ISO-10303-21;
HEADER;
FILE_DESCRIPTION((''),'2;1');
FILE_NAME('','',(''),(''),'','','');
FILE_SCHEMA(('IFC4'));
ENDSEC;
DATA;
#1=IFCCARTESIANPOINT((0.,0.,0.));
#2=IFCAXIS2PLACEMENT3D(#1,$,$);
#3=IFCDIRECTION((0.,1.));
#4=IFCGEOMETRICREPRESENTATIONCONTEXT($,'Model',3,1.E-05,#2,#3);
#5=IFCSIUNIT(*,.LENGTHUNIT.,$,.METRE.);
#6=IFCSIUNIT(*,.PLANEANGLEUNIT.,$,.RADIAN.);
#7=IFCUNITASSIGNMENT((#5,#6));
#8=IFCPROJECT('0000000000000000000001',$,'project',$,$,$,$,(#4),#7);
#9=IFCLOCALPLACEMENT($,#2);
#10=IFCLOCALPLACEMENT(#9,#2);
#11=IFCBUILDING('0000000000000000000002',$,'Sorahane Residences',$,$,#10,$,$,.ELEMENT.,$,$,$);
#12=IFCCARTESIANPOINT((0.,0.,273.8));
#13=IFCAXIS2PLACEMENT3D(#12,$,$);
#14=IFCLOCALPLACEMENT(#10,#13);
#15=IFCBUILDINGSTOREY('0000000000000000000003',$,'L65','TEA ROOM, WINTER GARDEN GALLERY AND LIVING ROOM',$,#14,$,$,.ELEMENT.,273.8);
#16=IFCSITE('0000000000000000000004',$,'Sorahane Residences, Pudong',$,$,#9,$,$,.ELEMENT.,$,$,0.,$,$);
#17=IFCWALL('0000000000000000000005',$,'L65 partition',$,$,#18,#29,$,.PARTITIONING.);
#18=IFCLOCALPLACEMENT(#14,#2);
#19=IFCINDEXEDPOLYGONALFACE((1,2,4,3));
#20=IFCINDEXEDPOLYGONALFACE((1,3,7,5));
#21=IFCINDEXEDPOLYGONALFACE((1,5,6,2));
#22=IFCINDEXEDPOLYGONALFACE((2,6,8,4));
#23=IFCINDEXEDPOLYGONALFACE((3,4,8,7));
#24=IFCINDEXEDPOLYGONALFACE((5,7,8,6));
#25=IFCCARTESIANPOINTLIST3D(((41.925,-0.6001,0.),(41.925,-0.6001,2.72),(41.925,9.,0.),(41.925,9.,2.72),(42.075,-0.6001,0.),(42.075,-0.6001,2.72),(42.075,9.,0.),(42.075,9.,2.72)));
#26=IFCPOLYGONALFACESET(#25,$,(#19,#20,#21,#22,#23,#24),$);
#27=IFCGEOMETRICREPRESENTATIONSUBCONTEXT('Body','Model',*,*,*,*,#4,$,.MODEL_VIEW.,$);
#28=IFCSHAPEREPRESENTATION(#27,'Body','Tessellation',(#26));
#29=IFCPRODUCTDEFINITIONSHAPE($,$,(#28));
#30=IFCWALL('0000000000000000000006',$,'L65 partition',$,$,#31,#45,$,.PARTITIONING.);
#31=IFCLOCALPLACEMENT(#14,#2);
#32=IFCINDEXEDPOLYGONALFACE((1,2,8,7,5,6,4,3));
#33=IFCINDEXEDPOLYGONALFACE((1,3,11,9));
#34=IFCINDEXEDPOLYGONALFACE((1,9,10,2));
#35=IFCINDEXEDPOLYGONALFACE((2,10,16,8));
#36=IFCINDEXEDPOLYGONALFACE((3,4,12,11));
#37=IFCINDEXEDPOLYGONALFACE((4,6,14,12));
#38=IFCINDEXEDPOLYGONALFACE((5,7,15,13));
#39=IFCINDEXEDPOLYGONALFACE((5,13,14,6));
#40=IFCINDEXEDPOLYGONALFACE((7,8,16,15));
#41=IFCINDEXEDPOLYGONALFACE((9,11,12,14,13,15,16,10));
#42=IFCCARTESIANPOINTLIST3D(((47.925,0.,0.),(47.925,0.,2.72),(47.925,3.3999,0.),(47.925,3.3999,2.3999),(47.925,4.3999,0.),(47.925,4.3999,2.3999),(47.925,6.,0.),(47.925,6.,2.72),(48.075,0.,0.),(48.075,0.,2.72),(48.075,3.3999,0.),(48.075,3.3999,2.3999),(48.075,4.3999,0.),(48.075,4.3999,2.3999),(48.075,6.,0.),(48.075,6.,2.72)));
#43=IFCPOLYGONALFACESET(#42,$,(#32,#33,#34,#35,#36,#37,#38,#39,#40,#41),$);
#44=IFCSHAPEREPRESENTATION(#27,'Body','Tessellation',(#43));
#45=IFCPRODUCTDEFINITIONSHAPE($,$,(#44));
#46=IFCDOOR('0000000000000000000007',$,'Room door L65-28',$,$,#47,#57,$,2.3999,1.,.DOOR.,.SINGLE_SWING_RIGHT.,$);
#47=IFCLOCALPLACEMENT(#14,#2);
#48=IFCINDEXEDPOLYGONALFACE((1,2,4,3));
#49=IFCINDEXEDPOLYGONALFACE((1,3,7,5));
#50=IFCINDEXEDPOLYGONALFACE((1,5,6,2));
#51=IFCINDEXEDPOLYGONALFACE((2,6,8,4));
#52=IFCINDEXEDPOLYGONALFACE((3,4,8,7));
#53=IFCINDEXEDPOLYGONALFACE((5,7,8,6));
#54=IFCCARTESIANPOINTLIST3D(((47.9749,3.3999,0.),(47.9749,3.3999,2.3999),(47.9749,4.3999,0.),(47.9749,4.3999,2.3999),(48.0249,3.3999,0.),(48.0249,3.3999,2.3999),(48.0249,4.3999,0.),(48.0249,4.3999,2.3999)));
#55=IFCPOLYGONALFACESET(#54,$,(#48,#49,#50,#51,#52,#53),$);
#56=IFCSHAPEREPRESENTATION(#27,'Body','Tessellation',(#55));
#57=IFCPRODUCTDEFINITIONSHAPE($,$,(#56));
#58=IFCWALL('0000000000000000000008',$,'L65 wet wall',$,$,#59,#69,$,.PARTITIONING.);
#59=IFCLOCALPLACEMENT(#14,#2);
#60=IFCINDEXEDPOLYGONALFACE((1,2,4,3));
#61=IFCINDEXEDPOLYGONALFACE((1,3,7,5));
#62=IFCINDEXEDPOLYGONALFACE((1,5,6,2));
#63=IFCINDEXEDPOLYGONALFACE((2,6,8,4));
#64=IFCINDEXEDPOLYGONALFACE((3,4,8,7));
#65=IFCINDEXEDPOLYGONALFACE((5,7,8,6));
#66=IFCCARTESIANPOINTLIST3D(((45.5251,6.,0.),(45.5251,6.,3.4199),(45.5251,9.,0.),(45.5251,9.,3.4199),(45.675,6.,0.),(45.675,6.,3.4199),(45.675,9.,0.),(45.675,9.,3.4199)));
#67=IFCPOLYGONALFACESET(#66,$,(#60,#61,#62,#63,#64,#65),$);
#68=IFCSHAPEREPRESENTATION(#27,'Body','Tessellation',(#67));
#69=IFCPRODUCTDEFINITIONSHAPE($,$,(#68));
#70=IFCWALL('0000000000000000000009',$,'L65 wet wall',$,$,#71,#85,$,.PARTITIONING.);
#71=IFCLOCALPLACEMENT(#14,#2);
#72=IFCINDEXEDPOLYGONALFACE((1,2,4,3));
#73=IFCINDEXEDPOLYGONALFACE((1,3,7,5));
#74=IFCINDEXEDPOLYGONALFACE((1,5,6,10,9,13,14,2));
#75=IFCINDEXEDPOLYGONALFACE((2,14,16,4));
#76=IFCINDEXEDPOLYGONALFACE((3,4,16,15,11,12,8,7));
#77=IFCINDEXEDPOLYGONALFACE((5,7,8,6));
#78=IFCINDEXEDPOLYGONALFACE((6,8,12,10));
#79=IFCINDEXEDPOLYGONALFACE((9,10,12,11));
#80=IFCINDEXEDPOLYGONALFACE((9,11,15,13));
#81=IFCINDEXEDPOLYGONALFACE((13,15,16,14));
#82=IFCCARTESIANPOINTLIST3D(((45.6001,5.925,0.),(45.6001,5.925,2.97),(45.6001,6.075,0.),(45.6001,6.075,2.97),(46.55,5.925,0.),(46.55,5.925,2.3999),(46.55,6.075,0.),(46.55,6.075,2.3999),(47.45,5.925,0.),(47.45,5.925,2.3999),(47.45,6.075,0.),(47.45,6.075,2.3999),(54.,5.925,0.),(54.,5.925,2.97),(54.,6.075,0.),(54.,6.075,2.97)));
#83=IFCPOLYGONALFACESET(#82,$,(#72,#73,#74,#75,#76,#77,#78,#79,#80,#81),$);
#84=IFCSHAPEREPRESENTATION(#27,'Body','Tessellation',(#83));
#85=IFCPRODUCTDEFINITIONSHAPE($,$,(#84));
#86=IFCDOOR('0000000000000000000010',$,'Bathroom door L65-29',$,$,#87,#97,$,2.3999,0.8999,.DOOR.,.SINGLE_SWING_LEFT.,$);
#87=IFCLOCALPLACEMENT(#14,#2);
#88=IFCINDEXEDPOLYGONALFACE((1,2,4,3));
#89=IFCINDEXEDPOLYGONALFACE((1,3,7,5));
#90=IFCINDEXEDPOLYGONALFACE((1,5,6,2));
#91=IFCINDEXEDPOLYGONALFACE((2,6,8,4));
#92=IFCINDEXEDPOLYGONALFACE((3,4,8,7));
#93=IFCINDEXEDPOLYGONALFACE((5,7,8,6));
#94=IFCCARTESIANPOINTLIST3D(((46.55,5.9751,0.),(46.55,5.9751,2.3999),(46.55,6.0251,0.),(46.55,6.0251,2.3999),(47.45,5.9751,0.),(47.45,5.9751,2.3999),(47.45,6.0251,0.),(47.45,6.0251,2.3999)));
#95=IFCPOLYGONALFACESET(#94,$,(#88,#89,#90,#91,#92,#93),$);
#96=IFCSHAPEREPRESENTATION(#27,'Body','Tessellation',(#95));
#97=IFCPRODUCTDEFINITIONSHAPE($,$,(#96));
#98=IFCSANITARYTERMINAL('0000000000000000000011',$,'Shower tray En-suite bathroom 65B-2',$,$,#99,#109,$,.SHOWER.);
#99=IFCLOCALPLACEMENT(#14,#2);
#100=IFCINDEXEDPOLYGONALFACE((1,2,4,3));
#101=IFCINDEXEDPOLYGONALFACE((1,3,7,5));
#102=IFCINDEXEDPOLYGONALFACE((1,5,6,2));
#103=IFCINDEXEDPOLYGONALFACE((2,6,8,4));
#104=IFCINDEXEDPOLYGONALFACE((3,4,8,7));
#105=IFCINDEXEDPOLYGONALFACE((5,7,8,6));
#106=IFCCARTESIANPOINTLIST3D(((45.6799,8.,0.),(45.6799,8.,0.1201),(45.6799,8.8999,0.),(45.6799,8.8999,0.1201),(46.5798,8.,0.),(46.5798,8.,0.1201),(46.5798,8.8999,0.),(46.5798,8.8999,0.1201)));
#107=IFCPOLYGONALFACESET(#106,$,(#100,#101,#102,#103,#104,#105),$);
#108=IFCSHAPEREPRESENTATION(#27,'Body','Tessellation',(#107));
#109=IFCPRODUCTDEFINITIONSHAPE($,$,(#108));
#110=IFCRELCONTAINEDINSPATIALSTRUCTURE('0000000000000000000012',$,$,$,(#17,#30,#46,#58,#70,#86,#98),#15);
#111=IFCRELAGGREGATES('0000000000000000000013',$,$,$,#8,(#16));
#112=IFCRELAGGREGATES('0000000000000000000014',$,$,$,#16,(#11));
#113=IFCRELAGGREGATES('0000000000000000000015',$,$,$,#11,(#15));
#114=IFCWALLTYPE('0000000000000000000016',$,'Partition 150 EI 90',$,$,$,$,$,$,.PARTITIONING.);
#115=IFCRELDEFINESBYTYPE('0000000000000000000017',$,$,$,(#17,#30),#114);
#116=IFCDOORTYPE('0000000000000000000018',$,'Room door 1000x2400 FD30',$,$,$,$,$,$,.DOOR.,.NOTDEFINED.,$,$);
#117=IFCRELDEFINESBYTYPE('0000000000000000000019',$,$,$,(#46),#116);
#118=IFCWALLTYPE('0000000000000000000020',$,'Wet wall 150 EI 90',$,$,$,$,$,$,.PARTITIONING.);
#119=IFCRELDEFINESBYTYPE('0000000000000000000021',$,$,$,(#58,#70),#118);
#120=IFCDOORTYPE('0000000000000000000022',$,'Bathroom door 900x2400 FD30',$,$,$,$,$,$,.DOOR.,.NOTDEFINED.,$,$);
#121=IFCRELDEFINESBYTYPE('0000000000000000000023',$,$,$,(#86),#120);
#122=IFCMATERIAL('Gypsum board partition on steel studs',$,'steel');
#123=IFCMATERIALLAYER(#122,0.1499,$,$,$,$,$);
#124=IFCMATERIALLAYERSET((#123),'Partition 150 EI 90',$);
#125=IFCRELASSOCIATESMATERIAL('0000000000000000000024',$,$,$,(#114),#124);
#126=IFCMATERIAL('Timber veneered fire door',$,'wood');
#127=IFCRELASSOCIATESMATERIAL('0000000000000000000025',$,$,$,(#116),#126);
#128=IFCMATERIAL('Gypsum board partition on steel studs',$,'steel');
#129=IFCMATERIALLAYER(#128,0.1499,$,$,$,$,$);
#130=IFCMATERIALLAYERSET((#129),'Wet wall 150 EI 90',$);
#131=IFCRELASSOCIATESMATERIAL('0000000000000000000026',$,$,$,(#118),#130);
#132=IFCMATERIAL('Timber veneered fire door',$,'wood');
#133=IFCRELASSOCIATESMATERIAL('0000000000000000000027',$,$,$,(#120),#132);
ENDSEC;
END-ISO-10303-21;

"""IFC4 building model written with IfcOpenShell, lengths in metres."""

from ifc_helpers import new_model, si_unit, direction, frame, frame_2d, origin, origin_2d, place, context, subcontext, project, spatial, rectangle, extrude, material, layer, layer_set, type_object, element, fill, save


model = new_model("IFC4")

# Units and contexts
model_context = context("Model", 3, precision=1e-05, world=origin(), true_north=direction((0.0, 1.0)))
body_context = subcontext(model_context, "Body", "Model", "MODEL_VIEW")
ifc_project = project(units=[si_unit("LENGTHUNIT", "METRE"), si_unit("PLANEANGLEUNIT", "RADIAN")], contexts=[model_context])

# Site, building, storey
site_placement = place(None, origin())
site = spatial("IfcSite", under=ifc_project, at=site_placement, Name="Sorahane Residences, Pudong", CompositionType="ELEMENT", RefElevation=0.0)
building_placement = place(site_placement, origin())
building = spatial("IfcBuilding", under=site, at=building_placement, Name="Sorahane Residences", CompositionType="ELEMENT")
storey_placement = place(building_placement, frame((0.0, 0.0, 273.8)))
storey = spatial("IfcBuildingStorey", under=building, at=storey_placement, Name="L65", Description="TEA ROOM, WINTER GARDEN GALLERY AND LIVING ROOM", CompositionType="ELEMENT", Elevation=273.8)

# Wall
ifc_material_1 = material(Name="Gypsum board partition on steel studs", Category="steel")
ifc_layer_1 = layer(ifc_material_1, 0.1499)
ifc_layer_set_1 = layer_set([ifc_layer_1], Name="Partition 150 EI 90")
wall_type_1 = type_object("IfcWallType", Name="Partition 150 EI 90", PredefinedType="PARTITIONING", material=ifc_layer_set_1)
wall_1_placement = place(storey_placement, frame((42.0, -0.6001, 0.0), z_axis=(0.0, 0.0, 1.0), x_axis=(0.0, 1.0, 0.0)))
element("IfcWall", 1, at=wall_1_placement, inside=storey, type_object=wall_type_1, Name="L65 partition", PredefinedType="PARTITIONING", context=body_context, shape_type="SweptSolid", body=[
    extrude(rectangle(XDim=9.6001, YDim=0.1499, at=frame_2d((4.8, 0.0))), origin(), (0.0, 0.0, 1.0), 2.72),
])

# Wall, opening, door
wall_2_placement = place(storey_placement, frame((48.0, 0.0, 0.0), z_axis=(0.0, 0.0, 1.0), x_axis=(0.0, 1.0, 0.0)))
wall_2 = element("IfcWall", 2, at=wall_2_placement, inside=storey, type_object=wall_type_1, Name="L65 partition", PredefinedType="PARTITIONING", context=body_context, shape_type="SweptSolid", body=[
    extrude(rectangle(XDim=6.0, YDim=0.1499, at=frame_2d((3.0, 0.0))), origin(), (0.0, 0.0, 1.0), 2.72),
])
opening_1_placement = place(wall_2_placement, frame((3.3999, 0.0, 0.0)))
opening_1 = element("IfcOpeningElement", 3, at=opening_1_placement, cuts=wall_2, PredefinedType="OPENING", context=body_context, shape_type="SweptSolid", body=[
    extrude(rectangle(XDim=1.0, YDim=2.3999, at=frame_2d((0.5, 1.2))), frame((0.0, 0.085, 0.0), z_axis=(0.0, -1.0, 0.0), x_axis=(1.0, 0.0, 0.0)), (0.0, 0.0, 1.0), 0.1699),
])
ifc_material_2 = material(Name="Timber veneered fire door", Category="wood")
door_type_1 = type_object("IfcDoorType", Name="Room door 1000x2400 FD30", OperationType="NOTDEFINED", PredefinedType="DOOR", material=ifc_material_2)
door_1_placement = place(opening_1_placement, frame((1.0, 0.0, 0.0), z_axis=(0.0, 0.0, 1.0), x_axis=(-1.0, 0.0, 0.0)))
door_1 = element("IfcDoor", 4, at=door_1_placement, inside=storey, type_object=door_type_1, Name="Room door L65-28", OperationType="SINGLE_SWING_RIGHT", OverallHeight=2.3999, OverallWidth=1.0, PredefinedType="DOOR", context=body_context, shape_type="SweptSolid", body=[
    extrude(rectangle(XDim=1.0, YDim=2.3999, at=frame_2d((0.5, 1.2))), frame((0.0, 0.0249, 0.0), z_axis=(0.0, -1.0, 0.0), x_axis=(1.0, 0.0, 0.0)), (0.0, 0.0, 1.0), 0.05),
])
fill(opening_1, door_1)

# Wall
ifc_material_3 = material(Name="Gypsum board partition on steel studs", Category="steel")
ifc_layer_2 = layer(ifc_material_3, 0.1499)
ifc_layer_set_2 = layer_set([ifc_layer_2], Name="Wet wall 150 EI 90")
wall_type_2 = type_object("IfcWallType", Name="Wet wall 150 EI 90", PredefinedType="PARTITIONING", material=ifc_layer_set_2)
wall_3_placement = place(storey_placement, frame((45.6001, 6.0, 0.0), z_axis=(0.0, 0.0, 1.0), x_axis=(0.0, 1.0, 0.0)))
element("IfcWall", 5, at=wall_3_placement, inside=storey, type_object=wall_type_2, Name="L65 wet wall", PredefinedType="PARTITIONING", context=body_context, shape_type="SweptSolid", body=[
    extrude(rectangle(XDim=3.0, YDim=0.1499, at=frame_2d((1.5, 0.0))), origin(), (0.0, 0.0, 1.0), 3.4199),
])

# Wall, opening, door
wall_4_placement = place(storey_placement, frame((45.6001, 6.0, 0.0), z_axis=(0.0, 0.0, 1.0), x_axis=(1.0, 0.0, 0.0)))
wall_4 = element("IfcWall", 6, at=wall_4_placement, inside=storey, type_object=wall_type_2, Name="L65 wet wall", PredefinedType="PARTITIONING", context=body_context, shape_type="SweptSolid", body=[
    extrude(rectangle(XDim=8.3999, YDim=0.1499, at=frame_2d((4.2, 0.0))), origin(), (0.0, 0.0, 1.0), 2.97),
])
opening_2_placement = place(wall_4_placement, frame((0.95, 0.0, 0.0)))
opening_2 = element("IfcOpeningElement", 7, at=opening_2_placement, cuts=wall_4, PredefinedType="OPENING", context=body_context, shape_type="SweptSolid", body=[
    extrude(rectangle(XDim=0.8999, YDim=2.3999, at=frame_2d((0.45, 1.2))), frame((0.0, 0.085, 0.0), z_axis=(0.0, -1.0, 0.0), x_axis=(1.0, 0.0, 0.0)), (0.0, 0.0, 1.0), 0.1699),
])
ifc_material_4 = material(Name="Timber veneered fire door", Category="wood")
door_type_2 = type_object("IfcDoorType", Name="Bathroom door 900x2400 FD30", OperationType="NOTDEFINED", PredefinedType="DOOR", material=ifc_material_4)
door_2_placement = place(opening_2_placement, frame((0.8999, 0.0, 0.0), z_axis=(0.0, 0.0, 1.0), x_axis=(-1.0, 0.0, 0.0)))
door_2 = element("IfcDoor", 8, at=door_2_placement, inside=storey, type_object=door_type_2, Name="Bathroom door L65-29", OperationType="SINGLE_SWING_LEFT", OverallHeight=2.3999, OverallWidth=0.8999, PredefinedType="DOOR", context=body_context, shape_type="SweptSolid", body=[
    extrude(rectangle(XDim=0.8999, YDim=2.3999, at=frame_2d((0.45, 1.2))), frame((0.0, 0.0249, 0.0), z_axis=(0.0, -1.0, 0.0), x_axis=(1.0, 0.0, 0.0)), (0.0, 0.0, 1.0), 0.05),
])
fill(opening_2, door_2)

# Sanitary terminal
sanitary_terminal_placement = place(storey_placement, frame((46.1299, 8.45, 0.0), z_axis=(0.0, 0.0, 1.0), x_axis=(1.0, 0.0, 0.0)))
element("IfcSanitaryTerminal", 9, at=sanitary_terminal_placement, inside=storey, Name="Shower tray En-suite bathroom 65B-2", PredefinedType="SHOWER", context=body_context, shape_type="SweptSolid", body=[
    extrude(rectangle(XDim=0.8999, YDim=0.8999, at=origin_2d()), origin(), (0.0, 0.0, 1.0), 0.1201),
])

save(model, "model.ifc")
